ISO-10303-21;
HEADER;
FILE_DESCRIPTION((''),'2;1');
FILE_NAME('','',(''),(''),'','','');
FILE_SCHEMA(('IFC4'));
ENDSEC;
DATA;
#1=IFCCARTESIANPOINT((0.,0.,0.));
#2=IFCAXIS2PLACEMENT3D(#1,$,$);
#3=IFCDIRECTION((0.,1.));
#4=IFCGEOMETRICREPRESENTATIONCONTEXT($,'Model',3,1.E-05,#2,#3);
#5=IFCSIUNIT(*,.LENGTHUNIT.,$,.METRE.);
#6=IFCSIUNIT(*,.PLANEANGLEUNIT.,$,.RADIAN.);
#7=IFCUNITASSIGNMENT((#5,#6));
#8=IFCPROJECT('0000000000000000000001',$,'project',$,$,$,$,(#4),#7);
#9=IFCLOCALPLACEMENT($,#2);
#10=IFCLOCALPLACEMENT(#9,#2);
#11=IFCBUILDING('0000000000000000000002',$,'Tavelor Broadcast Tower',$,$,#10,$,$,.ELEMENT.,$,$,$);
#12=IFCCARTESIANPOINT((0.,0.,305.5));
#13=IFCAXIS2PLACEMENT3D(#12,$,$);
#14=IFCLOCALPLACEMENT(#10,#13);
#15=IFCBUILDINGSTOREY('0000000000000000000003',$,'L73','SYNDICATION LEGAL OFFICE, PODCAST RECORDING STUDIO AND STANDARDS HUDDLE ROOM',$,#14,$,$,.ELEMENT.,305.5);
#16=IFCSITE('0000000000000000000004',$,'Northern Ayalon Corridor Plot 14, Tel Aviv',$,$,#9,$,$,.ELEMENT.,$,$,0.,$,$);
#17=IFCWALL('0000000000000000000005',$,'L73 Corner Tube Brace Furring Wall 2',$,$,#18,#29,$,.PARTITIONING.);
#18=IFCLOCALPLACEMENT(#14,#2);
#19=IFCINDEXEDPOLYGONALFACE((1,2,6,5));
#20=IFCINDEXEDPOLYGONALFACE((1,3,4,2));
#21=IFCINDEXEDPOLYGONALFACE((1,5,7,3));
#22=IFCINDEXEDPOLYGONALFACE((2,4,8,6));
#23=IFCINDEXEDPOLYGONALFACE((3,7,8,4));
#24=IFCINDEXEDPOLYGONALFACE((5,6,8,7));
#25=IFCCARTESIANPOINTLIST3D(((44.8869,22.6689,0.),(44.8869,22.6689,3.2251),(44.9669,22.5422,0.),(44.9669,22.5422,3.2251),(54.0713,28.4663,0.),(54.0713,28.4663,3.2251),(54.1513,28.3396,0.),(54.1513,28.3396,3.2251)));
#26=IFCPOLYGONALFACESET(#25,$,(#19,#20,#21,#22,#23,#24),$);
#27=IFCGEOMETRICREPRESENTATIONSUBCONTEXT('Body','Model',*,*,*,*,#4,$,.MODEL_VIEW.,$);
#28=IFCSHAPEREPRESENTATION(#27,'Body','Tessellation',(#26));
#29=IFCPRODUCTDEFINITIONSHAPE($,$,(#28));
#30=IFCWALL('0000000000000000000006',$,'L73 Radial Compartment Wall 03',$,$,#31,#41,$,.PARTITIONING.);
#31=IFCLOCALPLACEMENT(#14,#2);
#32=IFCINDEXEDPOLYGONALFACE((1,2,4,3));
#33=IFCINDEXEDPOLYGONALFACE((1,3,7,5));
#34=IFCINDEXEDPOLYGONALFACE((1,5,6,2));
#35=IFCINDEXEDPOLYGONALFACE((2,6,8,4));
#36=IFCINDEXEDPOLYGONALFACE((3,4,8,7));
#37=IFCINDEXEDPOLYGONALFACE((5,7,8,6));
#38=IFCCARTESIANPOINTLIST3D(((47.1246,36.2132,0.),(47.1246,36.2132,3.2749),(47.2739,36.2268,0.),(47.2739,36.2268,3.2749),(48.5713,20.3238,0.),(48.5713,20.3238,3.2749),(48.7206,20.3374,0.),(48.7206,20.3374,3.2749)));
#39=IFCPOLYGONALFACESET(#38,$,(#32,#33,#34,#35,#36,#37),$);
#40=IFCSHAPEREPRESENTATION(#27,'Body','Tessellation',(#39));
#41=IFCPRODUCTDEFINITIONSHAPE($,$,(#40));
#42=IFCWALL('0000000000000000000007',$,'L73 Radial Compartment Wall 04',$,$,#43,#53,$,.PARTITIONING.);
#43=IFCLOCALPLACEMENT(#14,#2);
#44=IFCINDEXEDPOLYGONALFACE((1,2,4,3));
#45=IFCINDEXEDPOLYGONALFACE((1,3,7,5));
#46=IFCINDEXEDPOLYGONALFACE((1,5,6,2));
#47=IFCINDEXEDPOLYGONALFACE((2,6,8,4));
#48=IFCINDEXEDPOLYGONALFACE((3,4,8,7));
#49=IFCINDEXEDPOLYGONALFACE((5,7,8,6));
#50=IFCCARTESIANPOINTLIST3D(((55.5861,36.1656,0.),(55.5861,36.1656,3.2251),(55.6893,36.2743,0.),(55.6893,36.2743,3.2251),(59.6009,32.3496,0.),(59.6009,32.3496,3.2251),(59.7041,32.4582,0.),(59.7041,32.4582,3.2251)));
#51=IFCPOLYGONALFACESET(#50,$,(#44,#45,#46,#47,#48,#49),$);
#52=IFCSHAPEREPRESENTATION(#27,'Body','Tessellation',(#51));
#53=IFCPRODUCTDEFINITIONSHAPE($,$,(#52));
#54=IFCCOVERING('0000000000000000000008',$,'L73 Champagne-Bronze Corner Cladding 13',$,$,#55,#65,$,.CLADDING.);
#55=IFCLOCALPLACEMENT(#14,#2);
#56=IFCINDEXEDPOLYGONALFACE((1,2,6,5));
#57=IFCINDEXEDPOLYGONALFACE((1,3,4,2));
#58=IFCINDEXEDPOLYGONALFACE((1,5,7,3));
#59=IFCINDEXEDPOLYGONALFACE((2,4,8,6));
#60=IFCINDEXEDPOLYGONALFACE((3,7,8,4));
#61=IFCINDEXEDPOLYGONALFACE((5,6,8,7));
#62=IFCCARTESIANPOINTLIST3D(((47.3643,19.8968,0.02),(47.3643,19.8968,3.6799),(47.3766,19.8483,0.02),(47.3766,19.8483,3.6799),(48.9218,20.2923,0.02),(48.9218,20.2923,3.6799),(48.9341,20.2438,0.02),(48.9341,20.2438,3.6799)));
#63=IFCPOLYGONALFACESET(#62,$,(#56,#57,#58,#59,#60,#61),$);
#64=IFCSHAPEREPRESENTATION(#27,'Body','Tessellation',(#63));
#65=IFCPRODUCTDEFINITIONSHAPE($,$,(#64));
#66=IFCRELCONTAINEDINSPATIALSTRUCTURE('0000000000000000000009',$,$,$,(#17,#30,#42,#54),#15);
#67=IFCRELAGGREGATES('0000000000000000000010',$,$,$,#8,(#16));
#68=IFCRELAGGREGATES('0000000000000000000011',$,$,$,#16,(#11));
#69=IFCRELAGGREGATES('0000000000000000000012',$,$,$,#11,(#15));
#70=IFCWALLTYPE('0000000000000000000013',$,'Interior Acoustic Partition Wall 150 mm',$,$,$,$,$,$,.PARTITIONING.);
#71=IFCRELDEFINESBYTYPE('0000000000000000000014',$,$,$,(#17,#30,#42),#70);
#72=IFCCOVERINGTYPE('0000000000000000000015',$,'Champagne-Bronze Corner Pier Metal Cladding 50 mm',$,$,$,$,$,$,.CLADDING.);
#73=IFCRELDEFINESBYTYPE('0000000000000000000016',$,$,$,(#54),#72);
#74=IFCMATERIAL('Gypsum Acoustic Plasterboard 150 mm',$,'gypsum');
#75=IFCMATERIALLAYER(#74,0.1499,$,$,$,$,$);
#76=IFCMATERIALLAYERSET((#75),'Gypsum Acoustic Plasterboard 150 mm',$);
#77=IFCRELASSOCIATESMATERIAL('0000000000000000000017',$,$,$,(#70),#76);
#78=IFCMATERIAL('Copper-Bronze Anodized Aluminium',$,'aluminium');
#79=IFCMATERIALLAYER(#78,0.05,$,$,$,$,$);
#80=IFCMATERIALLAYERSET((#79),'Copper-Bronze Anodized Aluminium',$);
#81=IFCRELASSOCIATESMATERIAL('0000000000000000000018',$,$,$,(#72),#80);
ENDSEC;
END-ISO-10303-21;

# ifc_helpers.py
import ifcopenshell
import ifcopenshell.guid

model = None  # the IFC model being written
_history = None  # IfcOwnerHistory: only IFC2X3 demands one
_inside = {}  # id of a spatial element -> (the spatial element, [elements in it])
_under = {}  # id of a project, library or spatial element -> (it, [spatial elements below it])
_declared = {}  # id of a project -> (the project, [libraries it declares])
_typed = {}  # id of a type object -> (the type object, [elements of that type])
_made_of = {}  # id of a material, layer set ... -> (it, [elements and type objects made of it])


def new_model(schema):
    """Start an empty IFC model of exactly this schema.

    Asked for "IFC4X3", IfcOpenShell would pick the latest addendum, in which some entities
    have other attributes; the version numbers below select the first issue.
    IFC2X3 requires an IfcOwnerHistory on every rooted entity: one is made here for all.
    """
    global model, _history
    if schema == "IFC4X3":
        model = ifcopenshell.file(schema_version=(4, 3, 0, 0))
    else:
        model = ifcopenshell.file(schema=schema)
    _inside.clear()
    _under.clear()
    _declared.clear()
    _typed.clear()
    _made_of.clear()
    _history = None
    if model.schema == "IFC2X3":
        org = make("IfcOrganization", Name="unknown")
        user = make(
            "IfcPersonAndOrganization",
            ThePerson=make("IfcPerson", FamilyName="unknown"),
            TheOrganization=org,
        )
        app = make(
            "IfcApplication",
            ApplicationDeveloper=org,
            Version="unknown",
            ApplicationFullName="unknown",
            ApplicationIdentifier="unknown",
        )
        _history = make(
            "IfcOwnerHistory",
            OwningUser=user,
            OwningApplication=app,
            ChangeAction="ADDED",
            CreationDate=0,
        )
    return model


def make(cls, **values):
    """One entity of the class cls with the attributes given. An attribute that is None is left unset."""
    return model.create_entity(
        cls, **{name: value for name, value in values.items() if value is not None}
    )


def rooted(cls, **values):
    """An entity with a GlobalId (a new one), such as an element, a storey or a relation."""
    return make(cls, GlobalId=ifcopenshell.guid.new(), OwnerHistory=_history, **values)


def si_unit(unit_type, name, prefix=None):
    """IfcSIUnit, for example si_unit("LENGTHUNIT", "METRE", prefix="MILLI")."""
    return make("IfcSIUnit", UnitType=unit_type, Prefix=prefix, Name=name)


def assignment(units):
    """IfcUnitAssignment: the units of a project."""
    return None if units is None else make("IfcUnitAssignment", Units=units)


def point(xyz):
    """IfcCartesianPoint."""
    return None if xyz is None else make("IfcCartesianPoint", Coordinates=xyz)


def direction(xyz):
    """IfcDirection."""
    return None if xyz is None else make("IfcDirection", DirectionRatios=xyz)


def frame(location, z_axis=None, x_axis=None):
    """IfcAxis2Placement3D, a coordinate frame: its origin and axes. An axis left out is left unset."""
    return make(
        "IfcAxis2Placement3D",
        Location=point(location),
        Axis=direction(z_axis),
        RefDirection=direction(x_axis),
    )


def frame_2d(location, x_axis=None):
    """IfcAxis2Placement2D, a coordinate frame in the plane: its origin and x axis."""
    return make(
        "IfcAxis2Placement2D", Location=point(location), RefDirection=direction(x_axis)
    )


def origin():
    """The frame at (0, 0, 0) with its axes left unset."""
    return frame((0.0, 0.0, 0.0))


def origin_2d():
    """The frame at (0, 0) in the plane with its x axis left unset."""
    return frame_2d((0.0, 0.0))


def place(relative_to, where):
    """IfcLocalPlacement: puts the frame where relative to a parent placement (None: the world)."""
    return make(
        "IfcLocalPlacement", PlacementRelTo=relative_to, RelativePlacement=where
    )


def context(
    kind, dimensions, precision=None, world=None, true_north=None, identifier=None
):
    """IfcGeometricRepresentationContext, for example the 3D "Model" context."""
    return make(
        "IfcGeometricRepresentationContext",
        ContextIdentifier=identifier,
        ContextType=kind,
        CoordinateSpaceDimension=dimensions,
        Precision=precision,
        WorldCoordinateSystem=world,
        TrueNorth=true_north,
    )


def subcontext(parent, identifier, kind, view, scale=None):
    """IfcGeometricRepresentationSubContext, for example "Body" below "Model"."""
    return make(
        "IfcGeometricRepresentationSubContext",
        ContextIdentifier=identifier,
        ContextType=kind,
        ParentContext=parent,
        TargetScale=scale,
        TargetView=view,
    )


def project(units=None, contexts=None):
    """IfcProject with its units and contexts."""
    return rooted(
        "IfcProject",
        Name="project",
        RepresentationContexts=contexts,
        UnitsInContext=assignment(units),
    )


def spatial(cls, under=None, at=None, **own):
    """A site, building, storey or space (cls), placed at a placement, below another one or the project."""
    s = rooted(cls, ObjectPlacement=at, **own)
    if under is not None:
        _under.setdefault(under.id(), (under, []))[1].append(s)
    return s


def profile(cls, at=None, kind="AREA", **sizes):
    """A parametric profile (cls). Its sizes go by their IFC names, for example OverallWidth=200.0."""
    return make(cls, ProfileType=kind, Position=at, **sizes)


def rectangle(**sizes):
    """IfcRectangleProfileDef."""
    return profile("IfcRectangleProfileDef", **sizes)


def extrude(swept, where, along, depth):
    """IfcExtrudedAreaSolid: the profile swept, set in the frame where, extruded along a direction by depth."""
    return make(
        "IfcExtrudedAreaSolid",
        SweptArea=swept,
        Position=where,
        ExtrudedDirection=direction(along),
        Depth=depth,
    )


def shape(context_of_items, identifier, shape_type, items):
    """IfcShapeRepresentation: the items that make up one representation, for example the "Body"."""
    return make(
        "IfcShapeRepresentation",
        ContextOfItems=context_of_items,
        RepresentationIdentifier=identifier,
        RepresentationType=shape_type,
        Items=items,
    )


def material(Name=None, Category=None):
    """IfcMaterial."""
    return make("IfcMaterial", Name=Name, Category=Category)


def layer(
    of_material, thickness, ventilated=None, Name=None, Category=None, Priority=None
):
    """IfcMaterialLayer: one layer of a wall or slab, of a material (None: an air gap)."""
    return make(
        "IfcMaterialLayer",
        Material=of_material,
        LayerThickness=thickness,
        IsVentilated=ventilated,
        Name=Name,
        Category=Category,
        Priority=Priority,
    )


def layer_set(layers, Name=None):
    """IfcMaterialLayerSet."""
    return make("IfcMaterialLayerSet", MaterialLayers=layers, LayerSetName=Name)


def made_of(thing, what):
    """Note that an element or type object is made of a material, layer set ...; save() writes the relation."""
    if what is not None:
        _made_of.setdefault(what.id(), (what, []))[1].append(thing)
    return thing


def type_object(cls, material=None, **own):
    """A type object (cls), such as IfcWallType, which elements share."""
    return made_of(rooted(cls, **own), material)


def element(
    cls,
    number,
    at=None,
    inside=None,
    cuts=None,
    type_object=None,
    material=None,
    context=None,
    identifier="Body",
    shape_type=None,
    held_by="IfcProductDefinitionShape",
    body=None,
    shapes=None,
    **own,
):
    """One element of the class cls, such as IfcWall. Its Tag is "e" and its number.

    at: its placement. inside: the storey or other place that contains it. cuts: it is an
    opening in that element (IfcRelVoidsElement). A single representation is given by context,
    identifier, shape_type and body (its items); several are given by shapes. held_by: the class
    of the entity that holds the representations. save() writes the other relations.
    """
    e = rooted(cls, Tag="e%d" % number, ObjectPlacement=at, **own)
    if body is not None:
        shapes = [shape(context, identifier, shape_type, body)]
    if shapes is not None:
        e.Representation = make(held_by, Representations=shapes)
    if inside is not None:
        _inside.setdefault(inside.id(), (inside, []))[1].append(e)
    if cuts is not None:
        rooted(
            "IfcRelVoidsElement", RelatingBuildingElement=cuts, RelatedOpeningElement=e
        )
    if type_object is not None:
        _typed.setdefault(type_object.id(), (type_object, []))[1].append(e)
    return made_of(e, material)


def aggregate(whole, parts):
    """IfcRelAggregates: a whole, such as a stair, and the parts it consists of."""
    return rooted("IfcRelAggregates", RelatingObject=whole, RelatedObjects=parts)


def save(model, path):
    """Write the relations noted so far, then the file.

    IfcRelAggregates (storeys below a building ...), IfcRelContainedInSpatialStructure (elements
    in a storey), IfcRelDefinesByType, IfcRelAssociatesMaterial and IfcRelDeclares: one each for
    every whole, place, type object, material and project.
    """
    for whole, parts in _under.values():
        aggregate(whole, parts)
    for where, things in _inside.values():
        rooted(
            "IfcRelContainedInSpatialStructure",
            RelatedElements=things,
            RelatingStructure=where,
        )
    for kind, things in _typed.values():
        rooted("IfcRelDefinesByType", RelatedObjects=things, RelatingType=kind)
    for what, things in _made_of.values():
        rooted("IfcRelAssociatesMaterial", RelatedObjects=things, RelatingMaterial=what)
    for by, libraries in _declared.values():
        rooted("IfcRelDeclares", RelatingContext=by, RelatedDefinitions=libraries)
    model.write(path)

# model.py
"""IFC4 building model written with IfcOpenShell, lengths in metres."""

from ifc_helpers import new_model, si_unit, direction, frame, frame_2d, origin, origin_2d, place, context, subcontext, project, spatial, rectangle, extrude, material, layer, layer_set, type_object, element, save


model = new_model("IFC4")

# Units and contexts
model_context = context("Model", 3, precision=1e-05, world=origin(), true_north=direction((0.0, 1.0)))
body_context = subcontext(model_context, "Body", "Model", "MODEL_VIEW")
ifc_project = project(units=[si_unit("LENGTHUNIT", "METRE"), si_unit("PLANEANGLEUNIT", "RADIAN")], contexts=[model_context])

# Site, building, storey
site_placement = place(None, origin())
site = spatial("IfcSite", under=ifc_project, at=site_placement, Name="Northern Ayalon Corridor Plot 14, Tel Aviv", CompositionType="ELEMENT", RefElevation=0.0)
building_placement = place(site_placement, origin())
building = spatial("IfcBuilding", under=site, at=building_placement, Name="Tavelor Broadcast Tower", CompositionType="ELEMENT")
storey_placement = place(building_placement, frame((0.0, 0.0, 305.5)))
storey = spatial("IfcBuildingStorey", under=building, at=storey_placement, Name="L73", Description="SYNDICATION LEGAL OFFICE, PODCAST RECORDING STUDIO AND STANDARDS HUDDLE ROOM", CompositionType="ELEMENT", Elevation=305.5)

# Walls
ifc_material_1 = material(Name="Gypsum Acoustic Plasterboard 150 mm", Category="gypsum")
ifc_layer_1 = layer(ifc_material_1, 0.1499)
ifc_layer_set_1 = layer_set([ifc_layer_1], Name="Gypsum Acoustic Plasterboard 150 mm")
wall_type_1 = type_object("IfcWallType", Name="Interior Acoustic Partition Wall 150 mm", PredefinedType="PARTITIONING", material=ifc_layer_set_1)
wall_1_placement = place(storey_placement, frame((44.9268, 22.6055, 0.0), z_axis=(0.0, 0.0, 1.0), x_axis=(0.845625, 0.533778, 0.0)))
element("IfcWall", 1, at=wall_1_placement, inside=storey, type_object=wall_type_1, Name="L73 Corner Tube Brace Furring Wall 2", PredefinedType="PARTITIONING", context=body_context, shape_type="SweptSolid", body=[
    extrude(rectangle(XDim=10.8611, YDim=0.1499, at=frame_2d((5.4307, 0.0))), origin(), (0.0, 0.0, 1.0), 3.2251),
])
wall_2_placement = place(storey_placement, frame((47.1992, 36.22, 0.0), z_axis=(0.0, 0.0, 1.0), x_axis=(0.090678, -0.99588, 0.0)))
element("IfcWall", 2, at=wall_2_placement, inside=storey, type_object=wall_type_1, Name="L73 Radial Compartment Wall 03", PredefinedType="PARTITIONING", context=body_context, shape_type="SweptSolid", body=[
    extrude(rectangle(XDim=15.9551, YDim=0.1499, at=frame_2d((7.9775, 0.0))), origin(), (0.0, 0.0, 1.0), 3.2749),
])
wall_3_placement = place(storey_placement, frame((55.6377, 36.22, 0.0), z_axis=(0.0, 0.0, 1.0), x_axis=(0.724818, -0.688941, 0.0)))
element("IfcWall", 3, at=wall_3_placement, inside=storey, type_object=wall_type_1, Name="L73 Radial Compartment Wall 04", PredefinedType="PARTITIONING", context=body_context, shape_type="SweptSolid", body=[
    extrude(rectangle(XDim=5.5391, YDim=0.1499, at=frame_2d((2.7695, 0.0))), origin(), (0.0, 0.0, 1.0), 3.2251),
])

# Covering
ifc_material_2 = material(Name="Copper-Bronze Anodized Aluminium", Category="aluminium")
ifc_layer_2 = layer(ifc_material_2, 0.05)
ifc_layer_set_2 = layer_set([ifc_layer_2], Name="Copper-Bronze Anodized Aluminium")
covering_type = type_object("IfcCoveringType", Name="Champagne-Bronze Corner Pier Metal Cladding 50 mm", PredefinedType="CLADDING", material=ifc_layer_set_2)
covering_placement = place(storey_placement, frame((48.1492, 20.0703, 0.02), z_axis=(0.0, 0.0, 1.0), x_axis=(0.969231, 0.246153, 0.0)))
element("IfcCovering", 4, at=covering_placement, inside=storey, type_object=covering_type, Name="L73 Champagne-Bronze Corner Cladding 13", PredefinedType="CLADDING", context=body_context, shape_type="SweptSolid", body=[
    extrude(rectangle(XDim=1.6069, YDim=0.05, at=origin_2d()), origin(), (0.0, 0.0, 1.0), 3.6599),
])

save(model, "model.ifc")
